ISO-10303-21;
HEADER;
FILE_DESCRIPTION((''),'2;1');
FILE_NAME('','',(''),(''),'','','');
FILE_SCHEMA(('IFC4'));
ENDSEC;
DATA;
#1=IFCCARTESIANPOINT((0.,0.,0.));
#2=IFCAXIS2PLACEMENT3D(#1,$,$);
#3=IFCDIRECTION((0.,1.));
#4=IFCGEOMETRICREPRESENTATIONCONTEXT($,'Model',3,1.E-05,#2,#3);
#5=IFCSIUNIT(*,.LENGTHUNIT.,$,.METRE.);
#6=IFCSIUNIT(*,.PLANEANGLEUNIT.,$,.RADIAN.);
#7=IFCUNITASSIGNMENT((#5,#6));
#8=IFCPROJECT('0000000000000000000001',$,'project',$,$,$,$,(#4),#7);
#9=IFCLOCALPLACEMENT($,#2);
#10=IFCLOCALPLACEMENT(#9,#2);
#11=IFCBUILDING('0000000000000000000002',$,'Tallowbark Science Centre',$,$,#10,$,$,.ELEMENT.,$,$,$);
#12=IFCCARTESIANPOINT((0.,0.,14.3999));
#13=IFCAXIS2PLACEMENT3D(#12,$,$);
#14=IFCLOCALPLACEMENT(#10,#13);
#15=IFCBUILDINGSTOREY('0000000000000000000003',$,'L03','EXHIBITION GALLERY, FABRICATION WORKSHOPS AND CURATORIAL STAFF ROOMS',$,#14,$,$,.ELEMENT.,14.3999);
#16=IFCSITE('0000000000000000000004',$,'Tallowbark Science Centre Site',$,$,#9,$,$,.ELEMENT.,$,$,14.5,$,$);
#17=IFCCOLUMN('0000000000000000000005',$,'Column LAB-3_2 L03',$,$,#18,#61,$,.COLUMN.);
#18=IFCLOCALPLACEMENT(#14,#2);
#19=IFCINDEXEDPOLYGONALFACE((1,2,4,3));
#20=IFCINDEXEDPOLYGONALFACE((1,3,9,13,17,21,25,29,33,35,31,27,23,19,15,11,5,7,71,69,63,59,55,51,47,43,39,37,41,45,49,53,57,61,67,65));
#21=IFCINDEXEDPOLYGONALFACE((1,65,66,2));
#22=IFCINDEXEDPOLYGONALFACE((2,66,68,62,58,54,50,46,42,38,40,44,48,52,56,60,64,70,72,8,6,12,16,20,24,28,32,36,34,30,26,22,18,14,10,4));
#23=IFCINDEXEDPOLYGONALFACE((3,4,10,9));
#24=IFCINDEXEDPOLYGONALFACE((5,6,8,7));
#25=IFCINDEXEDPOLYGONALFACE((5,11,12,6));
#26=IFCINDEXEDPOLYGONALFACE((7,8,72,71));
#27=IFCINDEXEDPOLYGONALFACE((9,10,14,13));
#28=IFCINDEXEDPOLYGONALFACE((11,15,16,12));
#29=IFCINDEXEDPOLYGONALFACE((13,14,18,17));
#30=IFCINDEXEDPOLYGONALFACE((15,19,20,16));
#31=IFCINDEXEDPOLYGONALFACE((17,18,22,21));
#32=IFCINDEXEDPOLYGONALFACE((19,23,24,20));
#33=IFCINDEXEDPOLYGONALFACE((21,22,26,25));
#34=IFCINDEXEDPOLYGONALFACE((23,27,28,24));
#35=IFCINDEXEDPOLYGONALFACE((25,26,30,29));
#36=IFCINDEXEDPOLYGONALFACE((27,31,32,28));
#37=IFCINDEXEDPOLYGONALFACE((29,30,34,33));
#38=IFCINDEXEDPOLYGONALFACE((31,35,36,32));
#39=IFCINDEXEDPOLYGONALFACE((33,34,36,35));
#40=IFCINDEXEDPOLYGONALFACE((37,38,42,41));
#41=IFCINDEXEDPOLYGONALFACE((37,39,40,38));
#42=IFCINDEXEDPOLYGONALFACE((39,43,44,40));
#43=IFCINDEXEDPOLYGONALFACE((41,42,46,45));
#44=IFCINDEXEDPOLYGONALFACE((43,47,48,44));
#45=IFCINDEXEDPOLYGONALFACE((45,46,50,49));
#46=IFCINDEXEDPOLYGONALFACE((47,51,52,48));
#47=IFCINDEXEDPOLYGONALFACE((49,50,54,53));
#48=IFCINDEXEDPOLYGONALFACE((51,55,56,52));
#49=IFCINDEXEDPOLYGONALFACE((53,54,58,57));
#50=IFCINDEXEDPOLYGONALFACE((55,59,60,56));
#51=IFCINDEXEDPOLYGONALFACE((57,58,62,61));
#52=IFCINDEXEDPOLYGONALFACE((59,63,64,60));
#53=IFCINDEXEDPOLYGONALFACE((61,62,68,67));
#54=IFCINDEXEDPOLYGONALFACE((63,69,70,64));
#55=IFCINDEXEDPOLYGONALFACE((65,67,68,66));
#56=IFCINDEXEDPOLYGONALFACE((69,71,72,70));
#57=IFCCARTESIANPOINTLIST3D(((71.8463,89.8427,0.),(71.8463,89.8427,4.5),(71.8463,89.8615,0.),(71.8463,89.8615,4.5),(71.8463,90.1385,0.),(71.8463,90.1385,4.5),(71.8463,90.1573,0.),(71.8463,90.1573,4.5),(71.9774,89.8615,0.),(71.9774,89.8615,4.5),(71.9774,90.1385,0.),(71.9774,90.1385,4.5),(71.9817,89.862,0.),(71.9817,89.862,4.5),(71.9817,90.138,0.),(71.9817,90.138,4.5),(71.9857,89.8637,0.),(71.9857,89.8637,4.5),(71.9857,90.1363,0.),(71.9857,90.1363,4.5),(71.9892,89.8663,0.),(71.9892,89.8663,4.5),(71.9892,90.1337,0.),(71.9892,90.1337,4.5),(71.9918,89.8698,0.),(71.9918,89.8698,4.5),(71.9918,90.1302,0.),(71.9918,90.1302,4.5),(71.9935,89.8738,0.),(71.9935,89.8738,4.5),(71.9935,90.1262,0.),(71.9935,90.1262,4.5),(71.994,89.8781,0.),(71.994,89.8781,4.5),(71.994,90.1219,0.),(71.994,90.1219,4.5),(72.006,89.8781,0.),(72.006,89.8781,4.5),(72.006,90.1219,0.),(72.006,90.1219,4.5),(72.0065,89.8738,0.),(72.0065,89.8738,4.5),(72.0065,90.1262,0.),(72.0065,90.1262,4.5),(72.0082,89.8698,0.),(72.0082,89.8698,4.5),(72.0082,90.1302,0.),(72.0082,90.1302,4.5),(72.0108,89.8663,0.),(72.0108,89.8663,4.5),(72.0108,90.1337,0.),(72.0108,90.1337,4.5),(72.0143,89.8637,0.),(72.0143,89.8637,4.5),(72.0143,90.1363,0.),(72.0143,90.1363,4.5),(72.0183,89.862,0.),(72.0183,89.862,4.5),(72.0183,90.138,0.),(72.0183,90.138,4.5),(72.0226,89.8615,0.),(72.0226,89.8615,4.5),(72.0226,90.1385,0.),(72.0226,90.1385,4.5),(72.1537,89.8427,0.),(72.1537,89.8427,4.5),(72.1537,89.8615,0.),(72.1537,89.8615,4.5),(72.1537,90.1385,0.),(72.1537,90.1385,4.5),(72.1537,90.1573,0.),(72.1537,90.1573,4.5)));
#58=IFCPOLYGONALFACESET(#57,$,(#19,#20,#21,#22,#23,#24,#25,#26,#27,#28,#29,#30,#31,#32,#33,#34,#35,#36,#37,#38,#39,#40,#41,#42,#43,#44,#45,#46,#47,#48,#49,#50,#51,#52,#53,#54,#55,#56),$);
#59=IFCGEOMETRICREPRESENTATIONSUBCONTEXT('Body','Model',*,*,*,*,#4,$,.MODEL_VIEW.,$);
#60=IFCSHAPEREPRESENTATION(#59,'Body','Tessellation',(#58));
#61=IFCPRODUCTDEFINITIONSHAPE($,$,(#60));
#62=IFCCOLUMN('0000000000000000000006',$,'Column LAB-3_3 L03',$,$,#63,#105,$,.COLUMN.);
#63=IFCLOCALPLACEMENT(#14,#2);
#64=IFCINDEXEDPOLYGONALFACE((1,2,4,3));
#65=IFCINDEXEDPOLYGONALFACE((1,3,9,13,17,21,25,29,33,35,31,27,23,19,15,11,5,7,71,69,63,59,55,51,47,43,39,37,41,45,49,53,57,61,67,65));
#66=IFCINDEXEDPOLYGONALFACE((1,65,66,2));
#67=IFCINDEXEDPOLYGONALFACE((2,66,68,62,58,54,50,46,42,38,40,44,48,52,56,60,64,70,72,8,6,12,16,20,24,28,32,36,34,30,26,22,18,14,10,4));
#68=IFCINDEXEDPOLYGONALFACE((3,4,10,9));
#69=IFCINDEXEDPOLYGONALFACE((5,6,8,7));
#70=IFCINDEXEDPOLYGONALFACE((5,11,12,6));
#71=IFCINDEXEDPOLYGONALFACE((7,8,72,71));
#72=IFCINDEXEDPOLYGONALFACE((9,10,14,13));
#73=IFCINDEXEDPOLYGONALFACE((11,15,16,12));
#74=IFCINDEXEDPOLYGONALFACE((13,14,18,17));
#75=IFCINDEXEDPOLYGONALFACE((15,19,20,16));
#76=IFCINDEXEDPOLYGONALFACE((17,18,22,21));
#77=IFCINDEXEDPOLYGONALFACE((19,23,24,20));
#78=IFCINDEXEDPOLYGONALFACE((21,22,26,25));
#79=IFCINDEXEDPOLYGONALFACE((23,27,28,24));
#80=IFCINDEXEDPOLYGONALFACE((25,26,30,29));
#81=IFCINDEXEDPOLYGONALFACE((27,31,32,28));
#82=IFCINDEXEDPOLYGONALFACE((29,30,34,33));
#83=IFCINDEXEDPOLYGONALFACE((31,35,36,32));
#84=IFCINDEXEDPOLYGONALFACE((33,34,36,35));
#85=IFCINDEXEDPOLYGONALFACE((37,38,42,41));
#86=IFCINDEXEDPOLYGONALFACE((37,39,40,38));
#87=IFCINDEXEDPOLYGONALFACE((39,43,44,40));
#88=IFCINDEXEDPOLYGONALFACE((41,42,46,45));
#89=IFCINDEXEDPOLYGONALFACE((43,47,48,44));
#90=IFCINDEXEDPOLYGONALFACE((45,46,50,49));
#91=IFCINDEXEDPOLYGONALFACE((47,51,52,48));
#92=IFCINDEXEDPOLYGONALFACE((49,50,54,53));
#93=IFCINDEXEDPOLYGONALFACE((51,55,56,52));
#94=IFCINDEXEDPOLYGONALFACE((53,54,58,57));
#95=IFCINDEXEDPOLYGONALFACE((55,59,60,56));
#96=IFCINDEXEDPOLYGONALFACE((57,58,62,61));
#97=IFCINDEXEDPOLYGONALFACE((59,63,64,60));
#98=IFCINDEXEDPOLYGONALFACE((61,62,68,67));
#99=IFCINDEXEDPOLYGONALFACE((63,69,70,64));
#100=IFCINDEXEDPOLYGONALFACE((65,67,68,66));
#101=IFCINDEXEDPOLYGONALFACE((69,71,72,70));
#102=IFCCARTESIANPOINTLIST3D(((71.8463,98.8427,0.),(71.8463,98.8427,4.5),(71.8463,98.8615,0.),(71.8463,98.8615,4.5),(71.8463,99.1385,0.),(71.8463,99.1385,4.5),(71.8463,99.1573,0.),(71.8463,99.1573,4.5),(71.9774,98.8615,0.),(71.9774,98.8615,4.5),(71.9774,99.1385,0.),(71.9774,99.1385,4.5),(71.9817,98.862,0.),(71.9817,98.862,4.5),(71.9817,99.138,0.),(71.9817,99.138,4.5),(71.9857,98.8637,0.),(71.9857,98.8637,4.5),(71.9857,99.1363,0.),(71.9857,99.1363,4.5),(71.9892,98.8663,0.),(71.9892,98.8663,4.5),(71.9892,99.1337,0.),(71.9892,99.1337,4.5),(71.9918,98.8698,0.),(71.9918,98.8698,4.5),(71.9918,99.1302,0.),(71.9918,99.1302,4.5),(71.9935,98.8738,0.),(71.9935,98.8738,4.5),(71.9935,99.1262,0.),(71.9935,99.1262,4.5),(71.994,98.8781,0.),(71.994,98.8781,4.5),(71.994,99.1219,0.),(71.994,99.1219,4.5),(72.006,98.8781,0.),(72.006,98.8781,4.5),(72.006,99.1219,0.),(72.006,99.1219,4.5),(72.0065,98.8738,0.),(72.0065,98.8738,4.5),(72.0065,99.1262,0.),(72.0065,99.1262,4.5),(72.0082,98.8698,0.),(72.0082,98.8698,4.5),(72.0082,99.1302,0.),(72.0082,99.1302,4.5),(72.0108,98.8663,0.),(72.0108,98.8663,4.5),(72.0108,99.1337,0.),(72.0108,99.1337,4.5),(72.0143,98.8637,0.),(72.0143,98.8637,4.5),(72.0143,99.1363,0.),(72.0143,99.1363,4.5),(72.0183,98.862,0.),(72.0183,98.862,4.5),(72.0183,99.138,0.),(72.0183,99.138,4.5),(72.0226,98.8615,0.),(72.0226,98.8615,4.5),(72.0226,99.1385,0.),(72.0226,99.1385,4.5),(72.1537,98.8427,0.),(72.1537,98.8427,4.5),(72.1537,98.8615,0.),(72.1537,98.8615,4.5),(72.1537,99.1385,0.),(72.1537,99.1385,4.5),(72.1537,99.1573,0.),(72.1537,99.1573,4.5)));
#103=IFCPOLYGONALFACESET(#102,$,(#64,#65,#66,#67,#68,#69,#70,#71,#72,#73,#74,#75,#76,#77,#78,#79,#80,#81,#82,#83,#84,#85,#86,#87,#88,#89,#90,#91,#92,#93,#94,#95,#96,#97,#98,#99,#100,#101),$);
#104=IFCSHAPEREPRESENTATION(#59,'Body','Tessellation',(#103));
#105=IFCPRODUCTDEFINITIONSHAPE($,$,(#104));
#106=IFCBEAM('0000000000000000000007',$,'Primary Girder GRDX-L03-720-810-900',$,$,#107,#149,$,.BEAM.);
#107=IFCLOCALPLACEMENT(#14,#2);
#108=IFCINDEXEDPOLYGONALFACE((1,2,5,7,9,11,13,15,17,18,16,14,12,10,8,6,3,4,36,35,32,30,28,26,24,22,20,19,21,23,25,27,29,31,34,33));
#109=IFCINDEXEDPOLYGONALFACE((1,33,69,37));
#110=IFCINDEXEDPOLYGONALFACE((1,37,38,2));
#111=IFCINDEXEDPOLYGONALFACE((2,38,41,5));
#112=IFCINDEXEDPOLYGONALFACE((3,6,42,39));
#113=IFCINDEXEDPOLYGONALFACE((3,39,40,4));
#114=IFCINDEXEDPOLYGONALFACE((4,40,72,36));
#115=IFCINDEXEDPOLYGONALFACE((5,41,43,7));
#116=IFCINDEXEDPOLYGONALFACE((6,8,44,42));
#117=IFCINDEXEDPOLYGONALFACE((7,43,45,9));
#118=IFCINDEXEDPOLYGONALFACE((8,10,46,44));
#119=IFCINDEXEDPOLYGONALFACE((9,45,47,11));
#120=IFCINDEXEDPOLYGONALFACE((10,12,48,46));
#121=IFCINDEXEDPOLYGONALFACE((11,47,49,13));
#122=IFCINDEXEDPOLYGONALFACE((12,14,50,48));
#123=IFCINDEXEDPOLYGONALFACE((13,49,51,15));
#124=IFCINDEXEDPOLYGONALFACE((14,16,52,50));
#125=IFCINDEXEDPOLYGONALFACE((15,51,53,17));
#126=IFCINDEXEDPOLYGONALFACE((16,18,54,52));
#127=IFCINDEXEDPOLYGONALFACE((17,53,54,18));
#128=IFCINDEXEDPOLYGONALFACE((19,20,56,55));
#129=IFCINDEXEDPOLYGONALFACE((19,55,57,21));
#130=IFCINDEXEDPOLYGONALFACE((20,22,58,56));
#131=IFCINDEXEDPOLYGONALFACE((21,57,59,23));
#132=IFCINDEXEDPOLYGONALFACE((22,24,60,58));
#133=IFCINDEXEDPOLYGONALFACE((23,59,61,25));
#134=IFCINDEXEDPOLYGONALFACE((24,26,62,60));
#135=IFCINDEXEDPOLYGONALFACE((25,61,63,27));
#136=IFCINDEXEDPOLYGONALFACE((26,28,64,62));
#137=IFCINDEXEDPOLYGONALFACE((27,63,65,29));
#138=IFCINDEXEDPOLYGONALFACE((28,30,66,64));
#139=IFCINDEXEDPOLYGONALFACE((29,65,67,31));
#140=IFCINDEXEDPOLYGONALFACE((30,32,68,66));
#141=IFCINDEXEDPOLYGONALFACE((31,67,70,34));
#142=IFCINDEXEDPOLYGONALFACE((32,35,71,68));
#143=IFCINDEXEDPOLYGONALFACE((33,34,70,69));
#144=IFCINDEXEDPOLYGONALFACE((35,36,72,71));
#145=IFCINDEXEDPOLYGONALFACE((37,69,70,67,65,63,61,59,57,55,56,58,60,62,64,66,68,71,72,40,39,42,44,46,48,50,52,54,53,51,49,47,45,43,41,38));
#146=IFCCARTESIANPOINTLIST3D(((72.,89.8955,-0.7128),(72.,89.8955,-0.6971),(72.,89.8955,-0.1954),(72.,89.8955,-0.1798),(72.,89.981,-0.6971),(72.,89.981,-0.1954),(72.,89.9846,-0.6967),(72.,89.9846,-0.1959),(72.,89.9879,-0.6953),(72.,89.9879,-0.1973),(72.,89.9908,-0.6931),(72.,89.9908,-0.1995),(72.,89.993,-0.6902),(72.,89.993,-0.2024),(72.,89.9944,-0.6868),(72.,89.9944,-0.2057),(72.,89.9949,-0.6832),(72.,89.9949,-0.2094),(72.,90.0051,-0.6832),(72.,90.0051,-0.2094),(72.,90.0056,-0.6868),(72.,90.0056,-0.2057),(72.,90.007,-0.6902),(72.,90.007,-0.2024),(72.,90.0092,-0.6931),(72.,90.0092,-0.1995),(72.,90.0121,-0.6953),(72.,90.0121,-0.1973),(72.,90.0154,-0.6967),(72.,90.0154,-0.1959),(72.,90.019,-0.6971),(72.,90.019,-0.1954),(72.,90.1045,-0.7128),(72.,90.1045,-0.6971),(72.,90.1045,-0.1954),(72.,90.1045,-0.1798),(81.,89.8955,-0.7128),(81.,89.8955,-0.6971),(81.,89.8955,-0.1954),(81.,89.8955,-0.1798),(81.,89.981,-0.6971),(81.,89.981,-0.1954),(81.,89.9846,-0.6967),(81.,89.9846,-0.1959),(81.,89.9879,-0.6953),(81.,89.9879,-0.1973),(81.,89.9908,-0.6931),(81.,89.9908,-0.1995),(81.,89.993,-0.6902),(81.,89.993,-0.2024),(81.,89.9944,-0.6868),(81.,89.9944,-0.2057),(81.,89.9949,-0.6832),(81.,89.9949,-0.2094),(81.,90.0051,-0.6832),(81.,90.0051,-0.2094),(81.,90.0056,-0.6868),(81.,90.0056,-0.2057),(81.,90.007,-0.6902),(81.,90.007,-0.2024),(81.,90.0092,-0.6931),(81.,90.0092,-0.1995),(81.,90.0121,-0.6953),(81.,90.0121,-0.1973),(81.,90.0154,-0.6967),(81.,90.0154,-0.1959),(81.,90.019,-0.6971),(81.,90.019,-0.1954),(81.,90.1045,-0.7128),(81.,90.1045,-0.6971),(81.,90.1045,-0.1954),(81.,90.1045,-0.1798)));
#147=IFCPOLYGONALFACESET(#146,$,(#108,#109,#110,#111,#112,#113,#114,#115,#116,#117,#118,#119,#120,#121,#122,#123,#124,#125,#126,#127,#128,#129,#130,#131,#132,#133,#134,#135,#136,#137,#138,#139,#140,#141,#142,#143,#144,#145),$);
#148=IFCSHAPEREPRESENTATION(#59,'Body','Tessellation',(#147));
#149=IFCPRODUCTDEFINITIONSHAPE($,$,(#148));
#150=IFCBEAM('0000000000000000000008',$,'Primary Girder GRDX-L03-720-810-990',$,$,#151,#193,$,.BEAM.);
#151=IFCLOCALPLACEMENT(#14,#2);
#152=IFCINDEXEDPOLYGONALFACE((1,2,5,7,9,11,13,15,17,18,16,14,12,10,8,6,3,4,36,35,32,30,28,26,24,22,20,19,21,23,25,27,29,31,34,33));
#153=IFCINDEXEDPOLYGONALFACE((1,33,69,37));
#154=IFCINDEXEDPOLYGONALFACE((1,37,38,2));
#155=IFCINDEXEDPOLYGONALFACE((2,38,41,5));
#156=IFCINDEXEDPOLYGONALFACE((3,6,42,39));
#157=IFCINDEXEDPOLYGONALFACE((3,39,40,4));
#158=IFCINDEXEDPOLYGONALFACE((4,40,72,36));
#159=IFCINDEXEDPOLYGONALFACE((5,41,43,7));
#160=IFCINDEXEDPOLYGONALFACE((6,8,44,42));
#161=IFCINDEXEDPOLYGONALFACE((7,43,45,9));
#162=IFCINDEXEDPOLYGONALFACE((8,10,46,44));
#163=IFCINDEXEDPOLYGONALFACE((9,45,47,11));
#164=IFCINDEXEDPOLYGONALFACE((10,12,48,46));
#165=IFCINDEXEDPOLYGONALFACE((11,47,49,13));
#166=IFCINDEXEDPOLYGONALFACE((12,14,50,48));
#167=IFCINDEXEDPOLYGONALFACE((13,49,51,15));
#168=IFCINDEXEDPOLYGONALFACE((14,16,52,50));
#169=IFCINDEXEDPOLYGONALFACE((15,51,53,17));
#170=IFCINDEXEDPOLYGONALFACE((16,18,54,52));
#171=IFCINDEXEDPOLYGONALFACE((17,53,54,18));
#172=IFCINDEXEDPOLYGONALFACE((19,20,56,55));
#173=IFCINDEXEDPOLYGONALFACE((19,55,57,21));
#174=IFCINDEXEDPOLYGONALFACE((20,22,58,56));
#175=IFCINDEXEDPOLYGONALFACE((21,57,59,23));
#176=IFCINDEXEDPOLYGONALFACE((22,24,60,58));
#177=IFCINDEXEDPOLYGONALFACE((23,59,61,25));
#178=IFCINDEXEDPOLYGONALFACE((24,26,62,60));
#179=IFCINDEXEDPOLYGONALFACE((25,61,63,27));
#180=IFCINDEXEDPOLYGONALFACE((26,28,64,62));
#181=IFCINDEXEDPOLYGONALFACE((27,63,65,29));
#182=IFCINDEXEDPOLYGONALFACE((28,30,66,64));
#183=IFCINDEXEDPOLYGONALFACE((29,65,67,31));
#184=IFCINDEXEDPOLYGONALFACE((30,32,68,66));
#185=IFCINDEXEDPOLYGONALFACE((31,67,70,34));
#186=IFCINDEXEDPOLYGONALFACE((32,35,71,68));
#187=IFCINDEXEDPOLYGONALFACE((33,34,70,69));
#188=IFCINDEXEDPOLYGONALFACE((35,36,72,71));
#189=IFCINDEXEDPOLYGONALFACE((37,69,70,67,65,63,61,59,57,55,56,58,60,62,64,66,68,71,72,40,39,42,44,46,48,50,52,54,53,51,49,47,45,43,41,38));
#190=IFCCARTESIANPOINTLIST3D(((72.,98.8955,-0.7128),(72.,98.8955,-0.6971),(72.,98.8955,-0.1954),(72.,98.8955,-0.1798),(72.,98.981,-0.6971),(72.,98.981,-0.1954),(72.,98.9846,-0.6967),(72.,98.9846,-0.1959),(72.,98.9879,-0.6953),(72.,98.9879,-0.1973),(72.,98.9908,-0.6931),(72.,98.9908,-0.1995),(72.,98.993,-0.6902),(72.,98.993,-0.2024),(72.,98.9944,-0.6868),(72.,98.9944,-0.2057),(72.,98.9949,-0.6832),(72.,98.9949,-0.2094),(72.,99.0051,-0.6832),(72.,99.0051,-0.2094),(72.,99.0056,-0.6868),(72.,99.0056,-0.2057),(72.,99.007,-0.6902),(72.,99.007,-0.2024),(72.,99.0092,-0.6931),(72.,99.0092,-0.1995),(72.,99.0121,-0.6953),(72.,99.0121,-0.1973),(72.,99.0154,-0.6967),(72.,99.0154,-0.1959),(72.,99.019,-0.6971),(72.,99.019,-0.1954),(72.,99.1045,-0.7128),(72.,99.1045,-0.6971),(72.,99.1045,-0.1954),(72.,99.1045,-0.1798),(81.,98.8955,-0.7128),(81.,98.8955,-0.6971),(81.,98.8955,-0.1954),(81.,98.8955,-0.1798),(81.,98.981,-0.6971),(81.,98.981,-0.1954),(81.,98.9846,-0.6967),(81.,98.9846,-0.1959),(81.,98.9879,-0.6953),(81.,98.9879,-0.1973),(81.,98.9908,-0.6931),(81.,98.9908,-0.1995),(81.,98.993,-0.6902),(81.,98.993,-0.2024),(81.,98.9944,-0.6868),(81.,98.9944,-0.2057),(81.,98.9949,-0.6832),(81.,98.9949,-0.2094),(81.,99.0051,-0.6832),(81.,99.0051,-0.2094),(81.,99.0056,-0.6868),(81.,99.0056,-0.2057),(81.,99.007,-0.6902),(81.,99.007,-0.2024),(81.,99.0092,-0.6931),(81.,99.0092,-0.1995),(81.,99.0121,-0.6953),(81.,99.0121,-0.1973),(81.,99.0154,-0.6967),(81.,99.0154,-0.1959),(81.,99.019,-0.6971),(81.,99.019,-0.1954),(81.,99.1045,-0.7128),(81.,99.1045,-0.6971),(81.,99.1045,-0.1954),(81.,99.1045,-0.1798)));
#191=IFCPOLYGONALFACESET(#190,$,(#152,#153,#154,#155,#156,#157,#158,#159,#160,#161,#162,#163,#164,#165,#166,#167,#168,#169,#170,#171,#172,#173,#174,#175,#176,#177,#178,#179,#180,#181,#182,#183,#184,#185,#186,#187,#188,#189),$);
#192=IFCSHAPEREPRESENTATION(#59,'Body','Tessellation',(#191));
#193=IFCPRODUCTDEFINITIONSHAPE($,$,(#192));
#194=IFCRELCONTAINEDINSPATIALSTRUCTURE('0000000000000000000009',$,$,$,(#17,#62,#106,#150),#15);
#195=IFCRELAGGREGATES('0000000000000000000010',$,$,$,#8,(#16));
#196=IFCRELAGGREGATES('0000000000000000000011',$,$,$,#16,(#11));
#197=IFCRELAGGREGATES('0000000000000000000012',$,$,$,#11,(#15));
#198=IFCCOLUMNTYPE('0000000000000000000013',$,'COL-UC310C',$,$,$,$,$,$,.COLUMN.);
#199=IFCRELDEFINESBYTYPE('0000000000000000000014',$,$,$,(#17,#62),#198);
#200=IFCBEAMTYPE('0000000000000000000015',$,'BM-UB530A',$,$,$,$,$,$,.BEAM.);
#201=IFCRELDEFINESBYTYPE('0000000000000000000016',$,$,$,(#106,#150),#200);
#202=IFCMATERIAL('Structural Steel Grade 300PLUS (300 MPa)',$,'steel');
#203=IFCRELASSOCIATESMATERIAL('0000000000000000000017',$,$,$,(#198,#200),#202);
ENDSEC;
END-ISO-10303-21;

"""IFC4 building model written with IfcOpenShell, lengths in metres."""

from ifc_helpers import new_model, si_unit, direction, frame, origin, origin_2d, place, context, subcontext, project, spatial, i_section, extrude, material, material_profile, profile_set, type_object, element, save


model = new_model("IFC4")

# Units and contexts
model_context = context("Model", 3, precision=1e-05, world=origin(), true_north=direction((0.0, 1.0)))
body_context = subcontext(model_context, "Body", "Model", "MODEL_VIEW")
ifc_project = project(units=[si_unit("LENGTHUNIT", "METRE"), si_unit("PLANEANGLEUNIT", "RADIAN")], contexts=[model_context])

# Site, building, storey
site_placement = place(None, origin())
site = spatial("IfcSite", under=ifc_project, at=site_placement, Name="Tallowbark Science Centre Site", CompositionType="ELEMENT", RefElevation=14.5)
building_placement = place(site_placement, origin())
building = spatial("IfcBuilding", under=site, at=building_placement, Name="Tallowbark Science Centre", CompositionType="ELEMENT")
storey_placement = place(building_placement, frame((0.0, 0.0, 14.3999)))
storey = spatial("IfcBuildingStorey", under=building, at=storey_placement, Name="L03", Description="EXHIBITION GALLERY, FABRICATION WORKSHOPS AND CURATORIAL STAFF ROOMS", CompositionType="ELEMENT", Elevation=14.3999)

# Columns
ifc_material_1 = material(Name="Structural Steel Grade 300PLUS (300 MPa)", Category="steel")
ifc_material_profile_1 = material_profile(ifc_material_1, i_section(OverallWidth=0.3074, OverallDepth=0.3147, WebThickness=0.012, FlangeThickness=0.0188, FilletRadius=0.0166, at=origin_2d()), Name="310UC118")
ifc_profile_set_1 = profile_set([ifc_material_profile_1], Name="Structural Steel Grade 300PLUS (300 MPa)")
column_type = type_object("IfcColumnType", Name="COL-UC310C", PredefinedType="COLUMN", material=ifc_profile_set_1)
for number, where, z_axis, x_axis, name in (
    (1, (72.0, 90.0, 0.0), (0.0, 0.0, 1.0), (1.0, 0.0, 0.0), "Column LAB-3_2 L03"),
    (2, (72.0, 99.0, 0.0), (0.0, 0.0, 1.0), (1.0, 0.0, 0.0), "Column LAB-3_3 L03"),
):
    element("IfcColumn", number, at=place(storey_placement, frame(where, z_axis=z_axis, x_axis=x_axis)), inside=storey, type_object=column_type, Name=name, PredefinedType="COLUMN", context=body_context, shape_type="SweptSolid", body=[
        extrude(i_section(OverallWidth=0.3074, OverallDepth=0.3147, WebThickness=0.012, FlangeThickness=0.0188, FilletRadius=0.0166, at=origin_2d()), origin(), (0.0, 0.0, 1.0), 4.5),
    ])

# Beams
ifc_material_profile_2 = material_profile(ifc_material_1, i_section(OverallWidth=0.209, OverallDepth=0.533, WebThickness=0.0103, FlangeThickness=0.0156, FilletRadius=0.0139, at=origin_2d()), Name="530UB92.4")
ifc_profile_set_2 = profile_set([ifc_material_profile_2], Name="Structural Steel Grade 300PLUS (300 MPa)")
beam_type_1 = type_object("IfcBeamType", Name="BM-UB530A", PredefinedType="BEAM", material=ifc_profile_set_2)
for number, where, z_axis, x_axis, name in (
    (3, (72.0, 90.0, -0.4463), (1.0, 0.0, 0.0), (0.0, 1.0, 0.0), "Primary Girder GRDX-L03-720-810-900"),
    (4, (72.0, 99.0, -0.4463), (1.0, 0.0, 0.0), (0.0, 1.0, 0.0), "Primary Girder GRDX-L03-720-810-990"),
):
    element("IfcBeam", number, at=place(storey_placement, frame(where, z_axis=z_axis, x_axis=x_axis)), inside=storey, type_object=beam_type_1, Name=name, PredefinedType="BEAM", context=body_context, shape_type="SweptSolid", body=[
        extrude(i_section(OverallWidth=0.209, OverallDepth=0.533, WebThickness=0.0103, FlangeThickness=0.0156, FilletRadius=0.0139, at=origin_2d()), origin(), (0.0, 0.0, 1.0), 9.0),
    ])

save(model, "model.ifc")
